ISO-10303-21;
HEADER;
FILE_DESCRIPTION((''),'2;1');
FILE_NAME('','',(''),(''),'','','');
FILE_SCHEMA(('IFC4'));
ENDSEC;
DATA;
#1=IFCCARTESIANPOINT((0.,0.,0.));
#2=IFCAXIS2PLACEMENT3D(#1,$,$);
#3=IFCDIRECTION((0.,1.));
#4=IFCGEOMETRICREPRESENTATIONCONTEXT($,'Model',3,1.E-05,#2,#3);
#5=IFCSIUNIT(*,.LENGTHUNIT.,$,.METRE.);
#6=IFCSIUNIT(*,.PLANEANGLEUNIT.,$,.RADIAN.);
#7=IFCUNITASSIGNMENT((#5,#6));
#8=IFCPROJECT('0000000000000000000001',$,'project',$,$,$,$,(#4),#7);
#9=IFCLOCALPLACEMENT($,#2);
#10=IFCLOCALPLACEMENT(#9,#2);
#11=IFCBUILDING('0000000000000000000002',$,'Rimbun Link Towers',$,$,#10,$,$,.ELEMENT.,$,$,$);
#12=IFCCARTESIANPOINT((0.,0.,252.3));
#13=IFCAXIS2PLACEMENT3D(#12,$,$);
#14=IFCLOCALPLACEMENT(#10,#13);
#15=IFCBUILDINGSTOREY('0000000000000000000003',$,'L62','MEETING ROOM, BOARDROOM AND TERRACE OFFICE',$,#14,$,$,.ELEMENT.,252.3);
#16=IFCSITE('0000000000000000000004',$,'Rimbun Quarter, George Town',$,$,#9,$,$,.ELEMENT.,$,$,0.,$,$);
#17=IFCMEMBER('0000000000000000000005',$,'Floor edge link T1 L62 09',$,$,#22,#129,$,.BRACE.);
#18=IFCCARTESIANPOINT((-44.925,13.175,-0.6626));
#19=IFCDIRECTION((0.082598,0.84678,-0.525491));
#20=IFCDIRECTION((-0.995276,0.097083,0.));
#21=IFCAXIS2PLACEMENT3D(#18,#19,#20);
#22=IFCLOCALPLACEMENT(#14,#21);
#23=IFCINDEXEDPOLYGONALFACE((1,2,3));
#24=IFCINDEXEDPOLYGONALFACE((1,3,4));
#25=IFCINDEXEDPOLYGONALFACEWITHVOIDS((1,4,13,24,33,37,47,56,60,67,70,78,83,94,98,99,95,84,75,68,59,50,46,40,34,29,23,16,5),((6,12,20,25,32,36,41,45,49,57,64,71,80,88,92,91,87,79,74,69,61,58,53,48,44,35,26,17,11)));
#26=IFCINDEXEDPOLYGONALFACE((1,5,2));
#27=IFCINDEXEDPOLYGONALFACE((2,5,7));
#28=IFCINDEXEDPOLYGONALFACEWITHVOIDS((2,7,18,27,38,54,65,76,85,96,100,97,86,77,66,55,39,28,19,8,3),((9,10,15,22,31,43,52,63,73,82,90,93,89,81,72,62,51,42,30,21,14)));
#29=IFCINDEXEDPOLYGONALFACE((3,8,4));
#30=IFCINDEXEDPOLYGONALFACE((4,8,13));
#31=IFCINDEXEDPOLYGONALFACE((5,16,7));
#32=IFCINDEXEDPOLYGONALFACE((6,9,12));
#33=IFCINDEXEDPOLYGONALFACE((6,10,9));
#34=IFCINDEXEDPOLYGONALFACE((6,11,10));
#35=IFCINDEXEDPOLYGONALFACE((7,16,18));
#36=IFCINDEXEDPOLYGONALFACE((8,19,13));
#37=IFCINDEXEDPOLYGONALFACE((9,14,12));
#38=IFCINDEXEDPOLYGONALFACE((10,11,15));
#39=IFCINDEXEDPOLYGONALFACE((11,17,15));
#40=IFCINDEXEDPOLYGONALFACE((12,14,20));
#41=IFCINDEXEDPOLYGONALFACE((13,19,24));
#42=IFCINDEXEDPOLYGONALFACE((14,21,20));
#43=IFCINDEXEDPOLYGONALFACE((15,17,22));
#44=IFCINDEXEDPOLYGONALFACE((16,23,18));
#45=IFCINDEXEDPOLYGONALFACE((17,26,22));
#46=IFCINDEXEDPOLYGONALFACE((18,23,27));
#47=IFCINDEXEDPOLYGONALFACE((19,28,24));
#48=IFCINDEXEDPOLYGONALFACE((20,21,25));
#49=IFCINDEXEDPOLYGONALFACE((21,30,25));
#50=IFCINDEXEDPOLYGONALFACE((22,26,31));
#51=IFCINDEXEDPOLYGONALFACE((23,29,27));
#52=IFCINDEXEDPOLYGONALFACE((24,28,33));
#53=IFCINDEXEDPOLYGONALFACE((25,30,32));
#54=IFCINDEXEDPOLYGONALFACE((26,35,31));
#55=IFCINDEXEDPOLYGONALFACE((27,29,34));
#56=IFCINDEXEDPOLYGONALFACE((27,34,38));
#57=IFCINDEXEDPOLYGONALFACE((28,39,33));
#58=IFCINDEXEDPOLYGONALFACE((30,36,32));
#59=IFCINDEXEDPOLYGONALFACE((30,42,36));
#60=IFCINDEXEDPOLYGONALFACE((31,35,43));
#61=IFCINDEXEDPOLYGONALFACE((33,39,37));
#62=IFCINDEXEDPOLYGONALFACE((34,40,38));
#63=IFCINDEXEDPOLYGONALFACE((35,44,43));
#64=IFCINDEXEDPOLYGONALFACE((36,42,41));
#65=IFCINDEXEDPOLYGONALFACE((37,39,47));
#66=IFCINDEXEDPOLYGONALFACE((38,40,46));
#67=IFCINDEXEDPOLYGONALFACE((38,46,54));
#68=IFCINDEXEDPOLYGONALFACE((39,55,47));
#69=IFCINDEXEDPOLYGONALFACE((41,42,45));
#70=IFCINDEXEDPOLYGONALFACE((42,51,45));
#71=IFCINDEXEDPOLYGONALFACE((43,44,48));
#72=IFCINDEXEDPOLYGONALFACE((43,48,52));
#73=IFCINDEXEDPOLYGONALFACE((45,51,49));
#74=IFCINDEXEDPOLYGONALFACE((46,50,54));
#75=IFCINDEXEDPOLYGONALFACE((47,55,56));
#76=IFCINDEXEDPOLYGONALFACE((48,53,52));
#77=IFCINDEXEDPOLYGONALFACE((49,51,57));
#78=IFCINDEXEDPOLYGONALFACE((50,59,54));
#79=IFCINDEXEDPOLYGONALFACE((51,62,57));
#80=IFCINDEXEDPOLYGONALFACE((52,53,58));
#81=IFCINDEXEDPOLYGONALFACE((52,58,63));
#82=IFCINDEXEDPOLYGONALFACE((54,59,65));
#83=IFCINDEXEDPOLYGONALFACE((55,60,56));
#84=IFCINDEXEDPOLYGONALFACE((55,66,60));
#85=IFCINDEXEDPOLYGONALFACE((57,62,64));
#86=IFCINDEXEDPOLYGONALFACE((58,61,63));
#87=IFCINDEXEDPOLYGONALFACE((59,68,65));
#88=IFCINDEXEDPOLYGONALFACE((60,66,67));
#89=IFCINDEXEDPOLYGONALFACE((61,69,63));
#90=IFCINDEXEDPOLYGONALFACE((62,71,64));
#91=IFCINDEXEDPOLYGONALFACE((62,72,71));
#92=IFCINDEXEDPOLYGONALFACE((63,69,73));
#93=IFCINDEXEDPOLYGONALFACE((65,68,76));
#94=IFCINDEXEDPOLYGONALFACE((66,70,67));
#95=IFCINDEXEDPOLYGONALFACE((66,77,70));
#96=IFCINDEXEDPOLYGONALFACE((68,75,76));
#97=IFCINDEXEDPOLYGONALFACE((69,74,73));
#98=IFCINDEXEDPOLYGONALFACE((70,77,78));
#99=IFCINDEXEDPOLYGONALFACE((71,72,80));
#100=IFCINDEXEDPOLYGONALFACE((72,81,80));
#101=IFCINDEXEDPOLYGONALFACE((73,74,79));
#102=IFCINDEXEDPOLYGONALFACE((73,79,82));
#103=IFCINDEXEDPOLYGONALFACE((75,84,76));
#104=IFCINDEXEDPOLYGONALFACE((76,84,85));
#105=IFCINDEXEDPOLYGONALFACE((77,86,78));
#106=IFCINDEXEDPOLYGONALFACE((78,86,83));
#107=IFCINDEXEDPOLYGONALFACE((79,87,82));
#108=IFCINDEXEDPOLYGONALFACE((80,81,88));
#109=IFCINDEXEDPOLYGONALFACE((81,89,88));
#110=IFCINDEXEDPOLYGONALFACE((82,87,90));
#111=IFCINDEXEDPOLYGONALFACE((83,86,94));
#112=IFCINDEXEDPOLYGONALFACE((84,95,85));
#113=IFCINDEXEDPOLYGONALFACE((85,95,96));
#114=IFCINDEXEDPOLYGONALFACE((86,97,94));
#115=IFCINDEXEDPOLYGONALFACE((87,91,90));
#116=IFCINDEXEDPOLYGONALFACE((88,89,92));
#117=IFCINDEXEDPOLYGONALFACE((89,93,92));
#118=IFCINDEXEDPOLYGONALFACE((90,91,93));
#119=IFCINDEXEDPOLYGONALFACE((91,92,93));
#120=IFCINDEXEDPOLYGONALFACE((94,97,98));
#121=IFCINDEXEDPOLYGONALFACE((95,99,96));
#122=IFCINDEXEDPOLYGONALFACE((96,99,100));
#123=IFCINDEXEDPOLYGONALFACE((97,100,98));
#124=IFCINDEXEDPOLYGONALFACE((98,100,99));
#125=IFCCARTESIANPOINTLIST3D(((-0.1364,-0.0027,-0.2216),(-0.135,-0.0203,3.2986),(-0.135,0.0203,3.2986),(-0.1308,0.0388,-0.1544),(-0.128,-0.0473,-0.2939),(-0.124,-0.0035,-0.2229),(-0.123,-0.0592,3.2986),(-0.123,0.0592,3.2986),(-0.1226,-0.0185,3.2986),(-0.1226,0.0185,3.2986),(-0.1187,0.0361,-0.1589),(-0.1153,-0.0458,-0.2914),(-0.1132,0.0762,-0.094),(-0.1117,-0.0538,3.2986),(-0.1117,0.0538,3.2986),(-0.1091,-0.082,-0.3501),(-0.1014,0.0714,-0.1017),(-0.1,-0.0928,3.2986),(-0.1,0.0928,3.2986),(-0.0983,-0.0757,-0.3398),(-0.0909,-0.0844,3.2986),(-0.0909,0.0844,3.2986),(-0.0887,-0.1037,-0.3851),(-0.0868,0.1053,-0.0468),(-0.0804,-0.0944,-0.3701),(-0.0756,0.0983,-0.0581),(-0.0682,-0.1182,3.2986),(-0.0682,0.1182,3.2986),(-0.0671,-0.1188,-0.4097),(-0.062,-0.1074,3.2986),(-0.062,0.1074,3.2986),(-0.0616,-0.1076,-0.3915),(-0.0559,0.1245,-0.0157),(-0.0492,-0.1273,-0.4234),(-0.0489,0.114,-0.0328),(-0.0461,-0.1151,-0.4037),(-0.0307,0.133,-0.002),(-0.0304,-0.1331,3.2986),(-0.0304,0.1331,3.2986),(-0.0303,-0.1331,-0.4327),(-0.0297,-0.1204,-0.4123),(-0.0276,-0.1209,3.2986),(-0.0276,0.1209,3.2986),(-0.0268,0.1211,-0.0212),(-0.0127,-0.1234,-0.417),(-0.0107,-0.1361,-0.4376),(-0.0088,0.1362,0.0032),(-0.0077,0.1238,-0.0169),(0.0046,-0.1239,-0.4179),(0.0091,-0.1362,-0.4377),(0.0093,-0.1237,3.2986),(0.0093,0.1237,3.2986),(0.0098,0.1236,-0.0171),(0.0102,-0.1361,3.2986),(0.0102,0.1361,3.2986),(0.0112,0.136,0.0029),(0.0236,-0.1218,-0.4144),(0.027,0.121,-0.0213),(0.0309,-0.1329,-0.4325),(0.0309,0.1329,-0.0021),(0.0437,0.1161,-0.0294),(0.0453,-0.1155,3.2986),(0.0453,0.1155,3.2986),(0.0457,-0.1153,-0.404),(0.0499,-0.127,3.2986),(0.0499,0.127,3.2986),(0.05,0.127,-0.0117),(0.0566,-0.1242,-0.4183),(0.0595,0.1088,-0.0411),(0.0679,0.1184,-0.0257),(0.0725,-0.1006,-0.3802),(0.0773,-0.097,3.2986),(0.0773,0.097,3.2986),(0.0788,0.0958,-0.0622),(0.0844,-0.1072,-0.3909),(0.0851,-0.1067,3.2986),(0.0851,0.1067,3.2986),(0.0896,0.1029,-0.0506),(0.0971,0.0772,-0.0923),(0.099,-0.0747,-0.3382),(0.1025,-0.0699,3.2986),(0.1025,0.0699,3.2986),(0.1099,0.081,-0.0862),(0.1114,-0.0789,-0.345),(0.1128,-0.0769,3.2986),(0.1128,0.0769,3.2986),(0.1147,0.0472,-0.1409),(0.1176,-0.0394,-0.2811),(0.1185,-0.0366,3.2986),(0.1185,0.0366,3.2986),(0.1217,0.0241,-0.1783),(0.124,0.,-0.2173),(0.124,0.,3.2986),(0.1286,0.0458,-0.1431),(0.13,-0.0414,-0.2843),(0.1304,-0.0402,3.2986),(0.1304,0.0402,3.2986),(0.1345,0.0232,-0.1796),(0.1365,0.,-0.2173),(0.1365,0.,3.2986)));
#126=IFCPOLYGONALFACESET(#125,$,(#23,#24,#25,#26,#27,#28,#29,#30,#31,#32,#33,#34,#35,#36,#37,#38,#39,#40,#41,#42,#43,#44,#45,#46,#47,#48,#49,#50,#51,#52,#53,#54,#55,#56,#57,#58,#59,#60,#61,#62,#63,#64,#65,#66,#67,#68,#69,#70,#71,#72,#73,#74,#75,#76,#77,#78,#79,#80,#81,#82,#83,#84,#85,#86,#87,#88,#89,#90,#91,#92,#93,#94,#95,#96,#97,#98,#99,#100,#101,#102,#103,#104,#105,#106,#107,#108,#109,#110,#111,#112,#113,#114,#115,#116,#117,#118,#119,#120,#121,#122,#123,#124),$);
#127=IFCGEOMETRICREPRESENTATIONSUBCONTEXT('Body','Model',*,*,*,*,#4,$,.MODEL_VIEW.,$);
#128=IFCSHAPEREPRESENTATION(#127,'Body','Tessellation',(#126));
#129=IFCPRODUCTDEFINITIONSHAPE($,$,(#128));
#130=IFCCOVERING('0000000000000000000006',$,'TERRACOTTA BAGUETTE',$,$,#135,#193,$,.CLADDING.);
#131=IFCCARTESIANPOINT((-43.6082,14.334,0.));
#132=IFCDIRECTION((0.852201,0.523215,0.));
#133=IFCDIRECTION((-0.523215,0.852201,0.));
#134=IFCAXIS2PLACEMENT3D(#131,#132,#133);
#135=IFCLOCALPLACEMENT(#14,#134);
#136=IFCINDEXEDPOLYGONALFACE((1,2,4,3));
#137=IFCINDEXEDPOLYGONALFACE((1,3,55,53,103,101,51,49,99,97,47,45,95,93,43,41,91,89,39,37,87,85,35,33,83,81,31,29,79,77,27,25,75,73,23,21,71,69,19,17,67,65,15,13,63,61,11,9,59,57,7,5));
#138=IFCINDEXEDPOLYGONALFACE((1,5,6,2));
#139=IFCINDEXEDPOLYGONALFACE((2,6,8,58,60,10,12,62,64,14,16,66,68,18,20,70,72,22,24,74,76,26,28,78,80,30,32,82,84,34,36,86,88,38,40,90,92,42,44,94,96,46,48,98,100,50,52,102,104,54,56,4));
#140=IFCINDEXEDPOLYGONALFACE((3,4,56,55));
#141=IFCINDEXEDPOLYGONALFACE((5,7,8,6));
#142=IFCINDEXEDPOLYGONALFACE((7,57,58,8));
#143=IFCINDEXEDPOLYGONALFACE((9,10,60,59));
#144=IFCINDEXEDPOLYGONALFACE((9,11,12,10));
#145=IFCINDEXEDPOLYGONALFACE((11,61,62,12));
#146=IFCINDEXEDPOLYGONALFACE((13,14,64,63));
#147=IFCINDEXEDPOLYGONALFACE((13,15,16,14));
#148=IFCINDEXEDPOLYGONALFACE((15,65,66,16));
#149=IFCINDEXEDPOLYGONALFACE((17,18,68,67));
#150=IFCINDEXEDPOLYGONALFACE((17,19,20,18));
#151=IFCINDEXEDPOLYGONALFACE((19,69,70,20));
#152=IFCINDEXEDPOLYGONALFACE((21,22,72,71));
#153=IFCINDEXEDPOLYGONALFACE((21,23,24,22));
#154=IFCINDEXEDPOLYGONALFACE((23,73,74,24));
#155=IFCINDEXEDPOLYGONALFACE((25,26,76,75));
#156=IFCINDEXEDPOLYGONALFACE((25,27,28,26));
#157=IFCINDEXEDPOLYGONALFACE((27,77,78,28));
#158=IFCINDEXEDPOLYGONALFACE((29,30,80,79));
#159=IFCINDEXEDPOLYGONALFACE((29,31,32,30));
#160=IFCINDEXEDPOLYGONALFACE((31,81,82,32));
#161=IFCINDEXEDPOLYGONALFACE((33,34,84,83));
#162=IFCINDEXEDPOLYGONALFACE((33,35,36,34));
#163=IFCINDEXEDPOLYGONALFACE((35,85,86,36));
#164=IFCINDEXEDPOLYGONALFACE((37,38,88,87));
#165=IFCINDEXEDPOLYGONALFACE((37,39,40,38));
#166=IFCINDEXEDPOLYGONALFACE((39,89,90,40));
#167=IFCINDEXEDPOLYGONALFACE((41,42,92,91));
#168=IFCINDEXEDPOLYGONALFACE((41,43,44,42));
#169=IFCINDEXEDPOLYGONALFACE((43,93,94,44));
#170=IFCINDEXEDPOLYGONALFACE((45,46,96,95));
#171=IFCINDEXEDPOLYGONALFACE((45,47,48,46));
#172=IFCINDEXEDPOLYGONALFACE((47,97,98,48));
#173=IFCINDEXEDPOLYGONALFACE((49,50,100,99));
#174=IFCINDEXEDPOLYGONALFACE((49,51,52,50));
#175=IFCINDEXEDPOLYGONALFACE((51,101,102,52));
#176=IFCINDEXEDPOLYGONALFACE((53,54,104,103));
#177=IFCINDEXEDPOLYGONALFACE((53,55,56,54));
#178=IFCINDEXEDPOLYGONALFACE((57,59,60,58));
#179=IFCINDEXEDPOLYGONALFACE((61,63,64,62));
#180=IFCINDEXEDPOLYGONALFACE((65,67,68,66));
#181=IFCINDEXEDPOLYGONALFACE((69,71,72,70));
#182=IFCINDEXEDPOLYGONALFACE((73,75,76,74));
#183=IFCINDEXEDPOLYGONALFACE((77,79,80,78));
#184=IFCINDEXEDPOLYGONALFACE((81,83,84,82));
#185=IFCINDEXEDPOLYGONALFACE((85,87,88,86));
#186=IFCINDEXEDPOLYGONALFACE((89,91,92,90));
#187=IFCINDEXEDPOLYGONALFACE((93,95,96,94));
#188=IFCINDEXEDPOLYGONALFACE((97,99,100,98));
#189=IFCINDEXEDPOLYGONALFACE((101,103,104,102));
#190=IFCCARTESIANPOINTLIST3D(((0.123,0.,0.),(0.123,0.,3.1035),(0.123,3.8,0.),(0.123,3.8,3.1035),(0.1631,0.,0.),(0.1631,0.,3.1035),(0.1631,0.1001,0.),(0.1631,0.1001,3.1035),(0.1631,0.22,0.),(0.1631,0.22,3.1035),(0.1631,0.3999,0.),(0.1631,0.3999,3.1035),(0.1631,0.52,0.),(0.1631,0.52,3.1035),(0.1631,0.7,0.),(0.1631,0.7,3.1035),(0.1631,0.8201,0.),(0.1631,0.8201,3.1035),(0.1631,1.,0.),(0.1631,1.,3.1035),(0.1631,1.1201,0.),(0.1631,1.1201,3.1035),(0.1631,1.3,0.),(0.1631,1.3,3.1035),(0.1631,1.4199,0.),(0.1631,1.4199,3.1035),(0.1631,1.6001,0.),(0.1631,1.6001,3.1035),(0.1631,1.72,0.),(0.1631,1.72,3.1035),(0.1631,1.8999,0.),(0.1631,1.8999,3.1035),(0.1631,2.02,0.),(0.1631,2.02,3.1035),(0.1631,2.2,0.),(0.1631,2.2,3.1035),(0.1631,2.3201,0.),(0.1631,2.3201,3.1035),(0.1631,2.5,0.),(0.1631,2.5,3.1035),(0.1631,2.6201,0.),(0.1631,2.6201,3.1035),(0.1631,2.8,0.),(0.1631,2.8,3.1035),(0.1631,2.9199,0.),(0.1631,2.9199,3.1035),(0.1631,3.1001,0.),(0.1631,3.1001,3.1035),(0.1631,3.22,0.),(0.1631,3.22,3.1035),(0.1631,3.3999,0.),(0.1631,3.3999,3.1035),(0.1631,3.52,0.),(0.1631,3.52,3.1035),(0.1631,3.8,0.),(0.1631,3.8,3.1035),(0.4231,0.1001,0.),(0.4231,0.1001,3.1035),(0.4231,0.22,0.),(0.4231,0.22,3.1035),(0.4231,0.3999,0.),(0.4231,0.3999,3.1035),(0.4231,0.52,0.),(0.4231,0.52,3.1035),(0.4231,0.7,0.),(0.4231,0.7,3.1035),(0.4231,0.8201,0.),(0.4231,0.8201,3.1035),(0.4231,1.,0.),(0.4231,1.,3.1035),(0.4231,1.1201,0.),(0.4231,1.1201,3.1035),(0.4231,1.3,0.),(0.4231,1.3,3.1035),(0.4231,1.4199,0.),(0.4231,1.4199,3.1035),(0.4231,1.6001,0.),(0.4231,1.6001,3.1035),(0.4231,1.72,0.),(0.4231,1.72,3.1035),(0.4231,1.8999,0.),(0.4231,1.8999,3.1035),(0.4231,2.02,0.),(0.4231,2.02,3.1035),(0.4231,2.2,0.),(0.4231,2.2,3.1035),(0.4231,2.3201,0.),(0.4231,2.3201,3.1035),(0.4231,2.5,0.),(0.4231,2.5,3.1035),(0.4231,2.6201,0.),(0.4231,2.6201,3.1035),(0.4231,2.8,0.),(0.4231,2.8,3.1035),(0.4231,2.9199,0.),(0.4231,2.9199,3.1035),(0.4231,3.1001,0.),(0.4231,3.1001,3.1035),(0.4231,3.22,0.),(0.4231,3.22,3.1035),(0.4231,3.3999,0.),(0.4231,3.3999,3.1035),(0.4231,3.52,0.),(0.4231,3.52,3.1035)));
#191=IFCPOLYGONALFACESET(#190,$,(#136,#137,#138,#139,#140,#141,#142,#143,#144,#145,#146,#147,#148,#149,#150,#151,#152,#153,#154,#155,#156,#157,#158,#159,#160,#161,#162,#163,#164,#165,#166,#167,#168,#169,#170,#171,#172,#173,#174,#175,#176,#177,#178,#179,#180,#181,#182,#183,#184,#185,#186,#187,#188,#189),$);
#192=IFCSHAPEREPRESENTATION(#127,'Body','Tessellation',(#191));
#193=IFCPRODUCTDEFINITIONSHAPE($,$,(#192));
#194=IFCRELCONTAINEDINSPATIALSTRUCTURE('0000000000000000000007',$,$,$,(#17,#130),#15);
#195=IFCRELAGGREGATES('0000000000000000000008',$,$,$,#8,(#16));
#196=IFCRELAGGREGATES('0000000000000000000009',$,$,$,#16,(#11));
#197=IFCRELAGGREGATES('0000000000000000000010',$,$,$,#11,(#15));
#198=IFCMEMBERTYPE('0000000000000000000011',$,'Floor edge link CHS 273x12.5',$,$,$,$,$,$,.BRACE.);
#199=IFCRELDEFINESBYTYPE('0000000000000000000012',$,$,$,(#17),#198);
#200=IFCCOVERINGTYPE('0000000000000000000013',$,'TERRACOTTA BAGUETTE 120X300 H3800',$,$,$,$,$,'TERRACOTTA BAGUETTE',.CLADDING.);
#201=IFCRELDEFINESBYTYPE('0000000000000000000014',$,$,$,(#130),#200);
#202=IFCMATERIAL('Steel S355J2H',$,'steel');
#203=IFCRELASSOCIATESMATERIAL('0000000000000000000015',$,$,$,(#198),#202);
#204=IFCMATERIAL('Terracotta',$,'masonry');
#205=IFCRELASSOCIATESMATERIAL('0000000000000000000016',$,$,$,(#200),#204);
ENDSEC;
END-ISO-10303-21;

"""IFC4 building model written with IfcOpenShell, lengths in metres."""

from ifc_helpers import new_model, si_unit, direction, frame, origin, origin_2d, place, context, subcontext, project, spatial, polyline, hollow_circle, outline, extrude, clip, halfspace, material, material_profile, profile_set, type_object, element, save


model = new_model("IFC4")

# Units and contexts
model_context = context("Model", 3, precision=1e-05, world=origin(), true_north=direction((0.0, 1.0)))
body_context = subcontext(model_context, "Body", "Model", "MODEL_VIEW")
ifc_project = project(units=[si_unit("LENGTHUNIT", "METRE"), si_unit("PLANEANGLEUNIT", "RADIAN")], contexts=[model_context])

# Site, building, storey
site_placement = place(None, origin())
site = spatial("IfcSite", under=ifc_project, at=site_placement, Name="Rimbun Quarter, George Town", CompositionType="ELEMENT", RefElevation=0.0)
building_placement = place(site_placement, origin())
building = spatial("IfcBuilding", under=site, at=building_placement, Name="Rimbun Link Towers", CompositionType="ELEMENT")
storey_placement = place(building_placement, frame((0.0, 0.0, 252.3)))
storey = spatial("IfcBuildingStorey", under=building, at=storey_placement, Name="L62", Description="MEETING ROOM, BOARDROOM AND TERRACE OFFICE", CompositionType="ELEMENT", Elevation=252.3)

# Member
ifc_material_1 = material(Name="Steel S355J2H", Category="steel")
ifc_material_profile_1 = material_profile(ifc_material_1, hollow_circle(Radius=0.1365, WallThickness=0.0125, at=origin_2d()), Name="CHS 273x12.5")
ifc_profile_set_1 = profile_set([ifc_material_profile_1], Name="Steel S355J2H")
member_type_1 = type_object("IfcMemberType", Name="Floor edge link CHS 273x12.5", PredefinedType="BRACE", material=ifc_profile_set_1)
member_1_placement = place(storey_placement, frame((-44.925, 13.175, -0.6626), z_axis=(0.082598, 0.84678, -0.525491), x_axis=(-0.995276, 0.097083, 0.0)))
element("IfcMember", 1, at=member_1_placement, inside=storey, type_object=member_type_1, Name="Floor edge link T1 L62 09", PredefinedType="BRACE", context=body_context, shape_type="Clipping", body=[
    clip(extrude(hollow_circle(Radius=0.1365, WallThickness=0.0125, at=origin_2d()), frame((0.0, 0.0, -0.4609)), (0.0, 0.0, 1.0), 3.7595), halfspace(frame((0.0, 0.0, -0.2173), z_axis=(0.0, 0.850799, -0.525491)), False)),
])

# Covering
ifc_material_2 = material(Name="Terracotta", Category="masonry")
ifc_material_profile_2 = material_profile(ifc_material_2, outline(polyline([(0.123, 0.0), (0.1631, 0.0), (0.1631, 0.1001), (0.4231, 0.1001), (0.4231, 0.22), (0.1631, 0.22), (0.1631, 0.3999), (0.4231, 0.3999), (0.4231, 0.52), (0.1631, 0.52), (0.1631, 0.7), (0.4231, 0.7), (0.4231, 0.8201), (0.1631, 0.8201), (0.1631, 1.0), (0.4231, 1.0), (0.4231, 1.1201), (0.1631, 1.1201), (0.1631, 1.3), (0.4231, 1.3), (0.4231, 1.4199), (0.1631, 1.4199), (0.1631, 1.6001), (0.4231, 1.6001), (0.4231, 1.72), (0.1631, 1.72), (0.1631, 1.8999), (0.4231, 1.8999), (0.4231, 2.02), (0.1631, 2.02), (0.1631, 2.2), (0.4231, 2.2), (0.4231, 2.3201), (0.1631, 2.3201), (0.1631, 2.5), (0.4231, 2.5), (0.4231, 2.6201), (0.1631, 2.6201), (0.1631, 2.8), (0.4231, 2.8), (0.4231, 2.9199), (0.1631, 2.9199), (0.1631, 3.1001), (0.4231, 3.1001), (0.4231, 3.22), (0.1631, 3.22), (0.1631, 3.3999), (0.4231, 3.3999), (0.4231, 3.52), (0.1631, 3.52), (0.1631, 3.8), (0.123, 3.8), (0.123, 0.0)])), Name="BAGUETTE 120X300")
ifc_profile_set_2 = profile_set([ifc_material_profile_2], Name="Terracotta")
covering_type = type_object("IfcCoveringType", Name="TERRACOTTA BAGUETTE 120X300 H3800", ElementType="TERRACOTTA BAGUETTE", PredefinedType="CLADDING", material=ifc_profile_set_2)
covering_1_placement = place(storey_placement, frame((-43.6082, 14.334, 0.0), z_axis=(0.852201, 0.523215, 0.0), x_axis=(-0.523215, 0.852201, 0.0)))
element("IfcCovering", 2, at=covering_1_placement, inside=storey, type_object=covering_type, Name="TERRACOTTA BAGUETTE", PredefinedType="CLADDING", context=body_context, shape_type="SweptSolid", body=[
    extrude(outline(polyline([(0.123, 0.0), (0.1631, 0.0), (0.1631, 0.1001), (0.4231, 0.1001), (0.4231, 0.22), (0.1631, 0.22), (0.1631, 0.3999), (0.4231, 0.3999), (0.4231, 0.52), (0.1631, 0.52), (0.1631, 0.7), (0.4231, 0.7), (0.4231, 0.8201), (0.1631, 0.8201), (0.1631, 1.0), (0.4231, 1.0), (0.4231, 1.1201), (0.1631, 1.1201), (0.1631, 1.3), (0.4231, 1.3), (0.4231, 1.4199), (0.1631, 1.4199), (0.1631, 1.6001), (0.4231, 1.6001), (0.4231, 1.72), (0.1631, 1.72), (0.1631, 1.8999), (0.4231, 1.8999), (0.4231, 2.02), (0.1631, 2.02), (0.1631, 2.2), (0.4231, 2.2), (0.4231, 2.3201), (0.1631, 2.3201), (0.1631, 2.5), (0.4231, 2.5), (0.4231, 2.6201), (0.1631, 2.6201), (0.1631, 2.8), (0.4231, 2.8), (0.4231, 2.9199), (0.1631, 2.9199), (0.1631, 3.1001), (0.4231, 3.1001), (0.4231, 3.22), (0.1631, 3.22), (0.1631, 3.3999), (0.4231, 3.3999), (0.4231, 3.52), (0.1631, 3.52), (0.1631, 3.8), (0.123, 3.8), (0.123, 0.0)])), origin(), (0.0, 0.0, 1.0), 3.1035),
])

save(model, "model.ifc")
